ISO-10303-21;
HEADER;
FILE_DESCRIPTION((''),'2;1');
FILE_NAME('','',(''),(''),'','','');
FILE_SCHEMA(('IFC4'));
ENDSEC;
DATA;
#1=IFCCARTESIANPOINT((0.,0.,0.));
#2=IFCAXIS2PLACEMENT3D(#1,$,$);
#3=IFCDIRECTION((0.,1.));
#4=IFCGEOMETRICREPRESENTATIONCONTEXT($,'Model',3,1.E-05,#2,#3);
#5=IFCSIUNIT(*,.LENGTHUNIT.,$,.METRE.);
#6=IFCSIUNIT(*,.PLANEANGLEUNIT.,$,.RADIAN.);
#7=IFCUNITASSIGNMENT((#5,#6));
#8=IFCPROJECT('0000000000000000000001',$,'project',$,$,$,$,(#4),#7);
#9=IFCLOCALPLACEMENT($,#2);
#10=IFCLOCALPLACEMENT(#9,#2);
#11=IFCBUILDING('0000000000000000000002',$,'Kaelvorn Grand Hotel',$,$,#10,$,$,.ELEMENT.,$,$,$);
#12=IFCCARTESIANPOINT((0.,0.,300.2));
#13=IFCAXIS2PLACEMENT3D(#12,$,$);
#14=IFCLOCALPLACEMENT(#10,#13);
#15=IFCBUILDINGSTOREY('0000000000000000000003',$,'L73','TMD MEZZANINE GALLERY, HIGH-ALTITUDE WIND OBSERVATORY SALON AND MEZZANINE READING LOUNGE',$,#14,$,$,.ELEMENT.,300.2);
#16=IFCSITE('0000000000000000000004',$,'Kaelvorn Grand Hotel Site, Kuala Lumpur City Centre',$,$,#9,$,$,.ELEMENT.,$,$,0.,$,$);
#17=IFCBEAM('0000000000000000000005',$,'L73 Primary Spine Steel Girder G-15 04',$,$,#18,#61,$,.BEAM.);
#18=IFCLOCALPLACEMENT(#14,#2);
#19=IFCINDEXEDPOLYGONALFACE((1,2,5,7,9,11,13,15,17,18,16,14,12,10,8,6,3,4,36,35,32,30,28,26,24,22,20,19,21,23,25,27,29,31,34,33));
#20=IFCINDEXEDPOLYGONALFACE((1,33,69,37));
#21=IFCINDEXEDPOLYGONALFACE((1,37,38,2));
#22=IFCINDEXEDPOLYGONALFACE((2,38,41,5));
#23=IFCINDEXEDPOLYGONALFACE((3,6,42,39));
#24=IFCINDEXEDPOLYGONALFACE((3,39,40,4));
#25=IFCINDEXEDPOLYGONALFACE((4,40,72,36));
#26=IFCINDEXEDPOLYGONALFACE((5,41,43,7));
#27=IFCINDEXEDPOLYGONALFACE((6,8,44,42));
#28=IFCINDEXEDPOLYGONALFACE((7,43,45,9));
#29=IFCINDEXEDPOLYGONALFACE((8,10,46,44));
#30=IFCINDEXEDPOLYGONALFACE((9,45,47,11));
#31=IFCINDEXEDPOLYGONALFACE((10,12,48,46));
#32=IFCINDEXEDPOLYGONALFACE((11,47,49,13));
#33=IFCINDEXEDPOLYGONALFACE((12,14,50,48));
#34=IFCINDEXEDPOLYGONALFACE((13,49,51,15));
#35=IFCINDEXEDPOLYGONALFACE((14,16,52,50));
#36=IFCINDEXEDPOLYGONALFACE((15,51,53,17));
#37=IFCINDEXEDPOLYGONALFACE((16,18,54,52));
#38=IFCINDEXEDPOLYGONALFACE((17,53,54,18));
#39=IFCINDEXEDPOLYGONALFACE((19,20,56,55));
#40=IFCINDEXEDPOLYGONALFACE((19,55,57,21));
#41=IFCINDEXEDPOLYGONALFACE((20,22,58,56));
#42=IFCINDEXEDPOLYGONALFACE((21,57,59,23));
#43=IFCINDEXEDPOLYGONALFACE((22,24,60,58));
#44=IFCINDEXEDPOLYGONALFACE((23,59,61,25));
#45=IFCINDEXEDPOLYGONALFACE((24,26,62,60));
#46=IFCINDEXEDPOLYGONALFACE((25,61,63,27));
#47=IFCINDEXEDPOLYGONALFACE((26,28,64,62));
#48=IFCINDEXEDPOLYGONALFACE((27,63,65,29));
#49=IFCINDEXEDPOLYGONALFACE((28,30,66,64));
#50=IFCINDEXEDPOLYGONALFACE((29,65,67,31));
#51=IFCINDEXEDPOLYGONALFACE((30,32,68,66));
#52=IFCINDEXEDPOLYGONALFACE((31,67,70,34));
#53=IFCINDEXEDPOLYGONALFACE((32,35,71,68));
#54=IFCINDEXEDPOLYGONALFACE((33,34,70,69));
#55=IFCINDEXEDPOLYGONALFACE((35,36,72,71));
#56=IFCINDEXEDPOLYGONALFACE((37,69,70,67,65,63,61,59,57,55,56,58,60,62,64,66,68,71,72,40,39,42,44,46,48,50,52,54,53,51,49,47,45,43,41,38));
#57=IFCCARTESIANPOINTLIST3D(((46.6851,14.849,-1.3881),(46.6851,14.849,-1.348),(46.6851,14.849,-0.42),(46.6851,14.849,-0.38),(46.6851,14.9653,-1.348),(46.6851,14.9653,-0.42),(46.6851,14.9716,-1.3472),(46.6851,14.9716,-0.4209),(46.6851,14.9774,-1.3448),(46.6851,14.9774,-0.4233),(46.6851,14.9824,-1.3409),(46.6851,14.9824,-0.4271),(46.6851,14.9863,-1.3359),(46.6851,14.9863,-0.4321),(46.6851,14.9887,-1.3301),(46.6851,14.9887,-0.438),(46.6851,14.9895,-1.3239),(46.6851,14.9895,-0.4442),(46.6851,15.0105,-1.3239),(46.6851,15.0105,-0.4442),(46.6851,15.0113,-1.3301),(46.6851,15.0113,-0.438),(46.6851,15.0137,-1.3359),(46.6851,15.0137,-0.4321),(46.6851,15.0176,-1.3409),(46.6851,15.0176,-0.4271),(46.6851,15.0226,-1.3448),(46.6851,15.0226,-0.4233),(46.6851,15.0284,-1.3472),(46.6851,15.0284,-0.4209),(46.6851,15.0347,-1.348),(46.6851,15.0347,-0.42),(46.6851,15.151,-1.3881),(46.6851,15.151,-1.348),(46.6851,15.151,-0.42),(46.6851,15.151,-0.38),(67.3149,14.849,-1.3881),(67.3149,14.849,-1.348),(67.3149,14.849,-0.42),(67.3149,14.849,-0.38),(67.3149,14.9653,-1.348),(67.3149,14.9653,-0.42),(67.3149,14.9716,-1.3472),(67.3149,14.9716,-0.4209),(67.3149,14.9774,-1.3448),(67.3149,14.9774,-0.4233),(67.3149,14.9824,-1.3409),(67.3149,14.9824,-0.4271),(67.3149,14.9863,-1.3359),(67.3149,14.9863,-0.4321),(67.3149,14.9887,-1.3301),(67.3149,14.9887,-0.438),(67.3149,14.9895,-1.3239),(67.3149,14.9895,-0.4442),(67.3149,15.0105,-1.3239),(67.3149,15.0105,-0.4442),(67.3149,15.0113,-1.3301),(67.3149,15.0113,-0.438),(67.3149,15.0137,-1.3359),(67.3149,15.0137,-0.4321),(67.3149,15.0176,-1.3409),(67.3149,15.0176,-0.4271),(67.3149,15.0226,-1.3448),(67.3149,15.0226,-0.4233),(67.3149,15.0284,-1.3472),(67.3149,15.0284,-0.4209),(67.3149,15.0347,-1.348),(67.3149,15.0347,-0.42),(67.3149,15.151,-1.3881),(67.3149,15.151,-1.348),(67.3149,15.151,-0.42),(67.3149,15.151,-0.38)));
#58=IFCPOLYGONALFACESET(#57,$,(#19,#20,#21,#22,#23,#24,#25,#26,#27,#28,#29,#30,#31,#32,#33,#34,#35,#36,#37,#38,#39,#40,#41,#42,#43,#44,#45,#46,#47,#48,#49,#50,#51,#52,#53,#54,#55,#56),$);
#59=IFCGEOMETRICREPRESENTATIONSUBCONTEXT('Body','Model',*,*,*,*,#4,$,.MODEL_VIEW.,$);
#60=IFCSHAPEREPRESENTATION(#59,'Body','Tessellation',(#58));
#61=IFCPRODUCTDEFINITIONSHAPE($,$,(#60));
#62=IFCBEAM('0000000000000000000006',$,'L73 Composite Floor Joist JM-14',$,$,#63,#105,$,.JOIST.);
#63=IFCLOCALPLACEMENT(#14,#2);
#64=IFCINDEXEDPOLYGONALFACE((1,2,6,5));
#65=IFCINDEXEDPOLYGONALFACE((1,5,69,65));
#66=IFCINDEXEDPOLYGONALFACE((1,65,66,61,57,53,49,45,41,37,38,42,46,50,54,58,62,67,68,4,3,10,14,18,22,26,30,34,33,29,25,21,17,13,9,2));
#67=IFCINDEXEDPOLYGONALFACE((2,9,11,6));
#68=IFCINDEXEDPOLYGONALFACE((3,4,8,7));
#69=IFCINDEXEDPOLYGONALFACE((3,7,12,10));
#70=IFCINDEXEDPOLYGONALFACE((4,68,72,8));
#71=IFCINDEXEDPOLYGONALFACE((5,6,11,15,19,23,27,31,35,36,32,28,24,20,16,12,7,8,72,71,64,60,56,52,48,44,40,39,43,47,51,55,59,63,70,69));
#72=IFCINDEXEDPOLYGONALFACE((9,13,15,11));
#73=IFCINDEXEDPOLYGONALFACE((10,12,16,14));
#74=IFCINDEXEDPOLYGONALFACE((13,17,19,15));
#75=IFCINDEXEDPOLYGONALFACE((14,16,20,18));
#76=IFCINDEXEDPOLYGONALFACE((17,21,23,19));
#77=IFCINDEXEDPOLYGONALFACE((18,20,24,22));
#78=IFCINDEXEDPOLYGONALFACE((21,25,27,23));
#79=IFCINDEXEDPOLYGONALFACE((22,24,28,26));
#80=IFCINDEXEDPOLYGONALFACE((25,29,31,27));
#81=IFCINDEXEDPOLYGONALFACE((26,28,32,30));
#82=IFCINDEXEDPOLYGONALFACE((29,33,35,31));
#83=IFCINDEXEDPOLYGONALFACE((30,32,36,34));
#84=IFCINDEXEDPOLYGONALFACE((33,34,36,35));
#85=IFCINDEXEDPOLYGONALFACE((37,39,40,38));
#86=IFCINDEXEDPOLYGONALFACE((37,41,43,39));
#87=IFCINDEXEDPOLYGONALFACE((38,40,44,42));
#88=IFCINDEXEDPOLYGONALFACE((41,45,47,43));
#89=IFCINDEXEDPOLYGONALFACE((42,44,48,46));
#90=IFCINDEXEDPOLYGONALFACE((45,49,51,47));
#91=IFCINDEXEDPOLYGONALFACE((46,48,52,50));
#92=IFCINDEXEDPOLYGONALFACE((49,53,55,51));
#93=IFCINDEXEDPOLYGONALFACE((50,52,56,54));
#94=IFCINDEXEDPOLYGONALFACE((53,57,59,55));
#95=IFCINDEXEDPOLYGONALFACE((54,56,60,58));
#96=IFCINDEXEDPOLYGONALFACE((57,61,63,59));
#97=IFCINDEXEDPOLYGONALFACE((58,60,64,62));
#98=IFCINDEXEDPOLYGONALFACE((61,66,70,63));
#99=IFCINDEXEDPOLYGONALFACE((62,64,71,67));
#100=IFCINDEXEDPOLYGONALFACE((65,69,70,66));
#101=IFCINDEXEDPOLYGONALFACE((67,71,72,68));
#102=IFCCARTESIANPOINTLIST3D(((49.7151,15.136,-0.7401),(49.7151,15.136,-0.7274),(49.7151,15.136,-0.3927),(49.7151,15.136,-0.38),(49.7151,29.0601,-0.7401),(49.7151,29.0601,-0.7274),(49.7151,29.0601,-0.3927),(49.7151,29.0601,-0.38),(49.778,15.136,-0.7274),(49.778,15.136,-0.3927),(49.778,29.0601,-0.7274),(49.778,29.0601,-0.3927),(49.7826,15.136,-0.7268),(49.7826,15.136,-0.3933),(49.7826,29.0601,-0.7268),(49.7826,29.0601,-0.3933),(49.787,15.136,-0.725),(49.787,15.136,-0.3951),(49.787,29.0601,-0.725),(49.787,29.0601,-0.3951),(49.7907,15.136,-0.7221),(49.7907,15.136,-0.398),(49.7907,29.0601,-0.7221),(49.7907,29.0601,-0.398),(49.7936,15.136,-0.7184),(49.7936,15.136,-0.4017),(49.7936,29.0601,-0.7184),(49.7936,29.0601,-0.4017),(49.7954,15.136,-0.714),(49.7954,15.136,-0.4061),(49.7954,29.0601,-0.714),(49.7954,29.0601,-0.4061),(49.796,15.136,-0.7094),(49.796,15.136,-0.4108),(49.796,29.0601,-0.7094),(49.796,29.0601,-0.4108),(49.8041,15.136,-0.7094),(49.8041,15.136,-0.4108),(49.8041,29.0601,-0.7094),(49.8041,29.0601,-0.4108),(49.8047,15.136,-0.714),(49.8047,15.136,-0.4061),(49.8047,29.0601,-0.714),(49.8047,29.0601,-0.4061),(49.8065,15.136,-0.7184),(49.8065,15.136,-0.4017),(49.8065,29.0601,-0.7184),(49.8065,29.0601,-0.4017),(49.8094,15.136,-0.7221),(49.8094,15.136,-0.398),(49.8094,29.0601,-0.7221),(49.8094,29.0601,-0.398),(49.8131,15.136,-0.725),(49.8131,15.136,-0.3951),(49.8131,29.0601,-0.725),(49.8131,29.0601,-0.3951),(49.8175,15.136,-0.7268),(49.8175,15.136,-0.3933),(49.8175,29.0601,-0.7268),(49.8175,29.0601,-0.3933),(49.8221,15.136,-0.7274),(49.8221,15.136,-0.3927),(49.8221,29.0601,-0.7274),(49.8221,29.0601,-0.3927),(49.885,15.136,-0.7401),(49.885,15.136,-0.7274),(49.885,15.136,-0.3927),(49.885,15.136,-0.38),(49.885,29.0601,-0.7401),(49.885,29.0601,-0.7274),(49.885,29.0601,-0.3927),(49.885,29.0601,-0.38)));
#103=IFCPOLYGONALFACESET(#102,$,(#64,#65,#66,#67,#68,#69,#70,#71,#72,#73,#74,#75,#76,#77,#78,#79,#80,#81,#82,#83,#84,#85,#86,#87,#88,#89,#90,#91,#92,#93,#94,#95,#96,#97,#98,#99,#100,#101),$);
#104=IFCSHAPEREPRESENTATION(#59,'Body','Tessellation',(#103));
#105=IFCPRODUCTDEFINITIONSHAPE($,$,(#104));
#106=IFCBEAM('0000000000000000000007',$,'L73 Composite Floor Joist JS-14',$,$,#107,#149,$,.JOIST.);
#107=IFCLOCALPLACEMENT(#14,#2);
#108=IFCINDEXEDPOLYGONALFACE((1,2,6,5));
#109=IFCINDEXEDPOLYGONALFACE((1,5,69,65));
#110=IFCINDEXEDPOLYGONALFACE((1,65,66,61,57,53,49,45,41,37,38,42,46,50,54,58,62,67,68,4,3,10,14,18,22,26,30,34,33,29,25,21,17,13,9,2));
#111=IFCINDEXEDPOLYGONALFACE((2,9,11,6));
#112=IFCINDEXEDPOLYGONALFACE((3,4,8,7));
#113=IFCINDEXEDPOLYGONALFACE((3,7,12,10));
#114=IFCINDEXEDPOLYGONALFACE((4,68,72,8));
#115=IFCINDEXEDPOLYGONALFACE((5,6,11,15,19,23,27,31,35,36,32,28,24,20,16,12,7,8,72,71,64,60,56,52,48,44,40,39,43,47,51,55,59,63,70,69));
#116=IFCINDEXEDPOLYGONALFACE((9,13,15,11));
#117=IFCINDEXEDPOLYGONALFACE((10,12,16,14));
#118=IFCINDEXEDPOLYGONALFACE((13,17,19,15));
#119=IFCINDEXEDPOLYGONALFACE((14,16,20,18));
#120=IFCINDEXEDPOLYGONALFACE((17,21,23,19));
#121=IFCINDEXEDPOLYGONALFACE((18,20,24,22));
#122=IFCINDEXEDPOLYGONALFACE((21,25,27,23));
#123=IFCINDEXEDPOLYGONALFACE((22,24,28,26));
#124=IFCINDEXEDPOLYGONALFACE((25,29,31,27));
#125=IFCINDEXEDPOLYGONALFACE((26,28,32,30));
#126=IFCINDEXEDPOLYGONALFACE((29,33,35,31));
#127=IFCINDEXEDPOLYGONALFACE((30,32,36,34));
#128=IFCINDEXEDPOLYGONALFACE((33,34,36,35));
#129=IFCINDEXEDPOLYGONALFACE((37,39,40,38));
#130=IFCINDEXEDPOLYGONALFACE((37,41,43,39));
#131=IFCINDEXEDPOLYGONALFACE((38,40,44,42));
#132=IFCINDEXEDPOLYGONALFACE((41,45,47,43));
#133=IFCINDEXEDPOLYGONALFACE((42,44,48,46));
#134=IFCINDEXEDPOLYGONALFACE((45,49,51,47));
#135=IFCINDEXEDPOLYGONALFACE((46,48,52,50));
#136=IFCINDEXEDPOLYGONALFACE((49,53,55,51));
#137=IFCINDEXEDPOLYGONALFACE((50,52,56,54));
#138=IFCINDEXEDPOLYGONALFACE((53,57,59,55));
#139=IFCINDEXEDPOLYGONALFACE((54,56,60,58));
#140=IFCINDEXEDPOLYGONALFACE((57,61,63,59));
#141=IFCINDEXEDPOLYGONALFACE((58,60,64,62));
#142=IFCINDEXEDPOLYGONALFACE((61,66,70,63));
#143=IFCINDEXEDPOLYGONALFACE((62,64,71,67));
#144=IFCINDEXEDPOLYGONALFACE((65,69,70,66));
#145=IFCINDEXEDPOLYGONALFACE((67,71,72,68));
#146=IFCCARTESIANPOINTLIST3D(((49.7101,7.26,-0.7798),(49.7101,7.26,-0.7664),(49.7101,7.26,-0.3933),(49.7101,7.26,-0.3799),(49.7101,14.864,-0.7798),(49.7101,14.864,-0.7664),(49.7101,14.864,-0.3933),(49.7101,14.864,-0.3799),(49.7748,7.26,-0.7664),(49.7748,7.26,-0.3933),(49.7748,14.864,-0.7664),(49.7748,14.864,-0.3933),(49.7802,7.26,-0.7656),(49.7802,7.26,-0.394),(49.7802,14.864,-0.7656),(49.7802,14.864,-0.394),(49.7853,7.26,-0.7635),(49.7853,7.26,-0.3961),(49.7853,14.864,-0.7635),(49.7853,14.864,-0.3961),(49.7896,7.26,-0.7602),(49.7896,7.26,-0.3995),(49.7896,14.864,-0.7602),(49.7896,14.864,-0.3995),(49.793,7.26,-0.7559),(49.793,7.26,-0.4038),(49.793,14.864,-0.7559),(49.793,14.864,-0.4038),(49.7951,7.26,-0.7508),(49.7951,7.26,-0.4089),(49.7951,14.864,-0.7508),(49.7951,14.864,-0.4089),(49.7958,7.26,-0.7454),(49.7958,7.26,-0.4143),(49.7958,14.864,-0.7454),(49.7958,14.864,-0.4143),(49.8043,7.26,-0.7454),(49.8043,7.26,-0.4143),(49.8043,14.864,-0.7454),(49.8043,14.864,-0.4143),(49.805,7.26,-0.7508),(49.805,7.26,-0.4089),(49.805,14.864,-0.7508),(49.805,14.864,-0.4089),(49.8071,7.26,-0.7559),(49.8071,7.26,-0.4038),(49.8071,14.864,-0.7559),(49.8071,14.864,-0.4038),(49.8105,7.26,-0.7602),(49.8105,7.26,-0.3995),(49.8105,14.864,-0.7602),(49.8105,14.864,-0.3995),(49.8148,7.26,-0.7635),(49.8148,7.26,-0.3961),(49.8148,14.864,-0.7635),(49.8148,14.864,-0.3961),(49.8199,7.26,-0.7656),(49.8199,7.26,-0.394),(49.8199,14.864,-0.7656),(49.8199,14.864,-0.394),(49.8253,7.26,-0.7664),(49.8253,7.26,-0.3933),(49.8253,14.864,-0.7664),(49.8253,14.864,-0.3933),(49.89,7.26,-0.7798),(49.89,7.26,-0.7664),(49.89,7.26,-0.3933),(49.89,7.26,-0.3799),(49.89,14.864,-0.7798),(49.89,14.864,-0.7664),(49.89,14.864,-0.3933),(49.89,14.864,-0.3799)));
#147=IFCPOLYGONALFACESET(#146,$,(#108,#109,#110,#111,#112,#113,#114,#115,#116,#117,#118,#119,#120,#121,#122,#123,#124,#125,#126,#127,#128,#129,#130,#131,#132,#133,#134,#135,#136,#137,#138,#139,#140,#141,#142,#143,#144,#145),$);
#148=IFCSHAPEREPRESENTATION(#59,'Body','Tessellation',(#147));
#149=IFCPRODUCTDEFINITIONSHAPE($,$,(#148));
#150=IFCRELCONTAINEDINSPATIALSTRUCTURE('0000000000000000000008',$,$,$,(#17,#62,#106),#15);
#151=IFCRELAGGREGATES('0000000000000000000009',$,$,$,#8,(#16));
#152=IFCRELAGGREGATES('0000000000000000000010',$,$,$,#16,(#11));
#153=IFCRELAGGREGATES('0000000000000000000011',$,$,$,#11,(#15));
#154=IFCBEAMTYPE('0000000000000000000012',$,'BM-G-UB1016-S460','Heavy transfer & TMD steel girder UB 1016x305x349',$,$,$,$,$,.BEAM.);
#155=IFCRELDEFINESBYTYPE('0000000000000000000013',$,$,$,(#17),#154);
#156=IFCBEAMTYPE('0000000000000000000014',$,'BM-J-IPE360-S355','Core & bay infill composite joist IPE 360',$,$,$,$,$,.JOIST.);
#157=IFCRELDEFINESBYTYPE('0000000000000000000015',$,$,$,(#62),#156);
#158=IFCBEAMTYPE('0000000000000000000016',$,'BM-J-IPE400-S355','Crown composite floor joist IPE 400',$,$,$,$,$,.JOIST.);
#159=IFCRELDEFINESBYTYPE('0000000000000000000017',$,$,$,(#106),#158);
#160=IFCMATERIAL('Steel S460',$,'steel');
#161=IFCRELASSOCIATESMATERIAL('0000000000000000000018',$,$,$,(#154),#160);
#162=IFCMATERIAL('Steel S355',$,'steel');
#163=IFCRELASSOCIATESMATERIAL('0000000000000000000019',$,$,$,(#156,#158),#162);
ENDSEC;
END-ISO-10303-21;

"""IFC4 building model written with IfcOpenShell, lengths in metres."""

from ifc_helpers import new_model, si_unit, direction, frame, origin, origin_2d, place, context, subcontext, project, spatial, i_section, extrude, material, material_profile, profile_set, type_object, element, save


model = new_model("IFC4")

# Units and contexts
model_context = context("Model", 3, precision=1e-05, world=origin(), true_north=direction((0.0, 1.0)))
body_context = subcontext(model_context, "Body", "Model", "MODEL_VIEW")
ifc_project = project(units=[si_unit("LENGTHUNIT", "METRE"), si_unit("PLANEANGLEUNIT", "RADIAN")], contexts=[model_context])

# Site, building, storey
site_placement = place(None, origin())
site = spatial("IfcSite", under=ifc_project, at=site_placement, Name="Kaelvorn Grand Hotel Site, Kuala Lumpur City Centre", CompositionType="ELEMENT", RefElevation=0.0)
building_placement = place(site_placement, origin())
building = spatial("IfcBuilding", under=site, at=building_placement, Name="Kaelvorn Grand Hotel", CompositionType="ELEMENT")
storey_placement = place(building_placement, frame((0.0, 0.0, 300.2)))
storey = spatial("IfcBuildingStorey", under=building, at=storey_placement, Name="L73", Description="TMD MEZZANINE GALLERY, HIGH-ALTITUDE WIND OBSERVATORY SALON AND MEZZANINE READING LOUNGE", CompositionType="ELEMENT", Elevation=300.2)

# Beams
ifc_material_1 = material(Name="Steel S460", Category="steel")
ifc_material_profile_1 = material_profile(ifc_material_1, i_section(OverallWidth=0.302, OverallDepth=1.0081, WebThickness=0.021, FlangeThickness=0.04, FilletRadius=0.0242, at=origin_2d()), Name="UB 1016x305x349")
ifc_profile_set_1 = profile_set([ifc_material_profile_1], Name="Steel S460")
beam_type_1 = type_object("IfcBeamType", Name="BM-G-UB1016-S460", Description="Heavy transfer & TMD steel girder UB 1016x305x349", PredefinedType="BEAM", material=ifc_profile_set_1)
beam_1_placement = place(storey_placement, frame((46.6851, 15.0, -0.884), z_axis=(1.0, 0.0, 0.0), x_axis=(0.0, 1.0, 0.0)))
element("IfcBeam", 1, at=beam_1_placement, inside=storey, type_object=beam_type_1, Name="L73 Primary Spine Steel Girder G-15 04", PredefinedType="BEAM", context=body_context, shape_type="SweptSolid", body=[
    extrude(i_section(OverallWidth=0.302, OverallDepth=1.0081, WebThickness=0.021, FlangeThickness=0.04, FilletRadius=0.0242, at=origin_2d()), origin(), (0.0, 0.0, 1.0), 20.6299),
])
ifc_material_2 = material(Name="Steel S355", Category="steel")
ifc_material_profile_2 = material_profile(ifc_material_2, i_section(OverallWidth=0.1699, OverallDepth=0.3601, WebThickness=0.0081, FlangeThickness=0.0127, FilletRadius=0.0181, at=origin_2d()), Name="IPE 360")
ifc_profile_set_2 = profile_set([ifc_material_profile_2], Name="Steel S355")
beam_type_2 = type_object("IfcBeamType", Name="BM-J-IPE360-S355", Description="Core & bay infill composite joist IPE 360", PredefinedType="JOIST", material=ifc_profile_set_2)
beam_2_placement = place(storey_placement, frame((49.8, 15.136, -0.5601), z_axis=(0.0, 1.0, 0.0), x_axis=(-1.0, 0.0, 0.0)))
element("IfcBeam", 2, at=beam_2_placement, inside=storey, type_object=beam_type_2, Name="L73 Composite Floor Joist JM-14", PredefinedType="JOIST", context=body_context, shape_type="SweptSolid", body=[
    extrude(i_section(OverallWidth=0.1699, OverallDepth=0.3601, WebThickness=0.0081, FlangeThickness=0.0127, FilletRadius=0.0181, at=origin_2d()), origin(), (0.0, 0.0, 1.0), 13.9241),
])
ifc_material_profile_3 = material_profile(ifc_material_2, i_section(OverallWidth=0.1799, OverallDepth=0.3999, WebThickness=0.0085, FlangeThickness=0.0134, FilletRadius=0.021, at=origin_2d()), Name="IPE 400")
ifc_profile_set_3 = profile_set([ifc_material_profile_3], Name="Steel S355")
beam_type_3 = type_object("IfcBeamType", Name="BM-J-IPE400-S355", Description="Crown composite floor joist IPE 400", PredefinedType="JOIST", material=ifc_profile_set_3)
beam_3_placement = place(storey_placement, frame((49.8, 7.26, -0.5798), z_axis=(0.0, 1.0, 0.0), x_axis=(-1.0, 0.0, 0.0)))
element("IfcBeam", 3, at=beam_3_placement, inside=storey, type_object=beam_type_3, Name="L73 Composite Floor Joist JS-14", PredefinedType="JOIST", context=body_context, shape_type="SweptSolid", body=[
    extrude(i_section(OverallWidth=0.1799, OverallDepth=0.3999, WebThickness=0.0085, FlangeThickness=0.0134, FilletRadius=0.021, at=origin_2d()), origin(), (0.0, 0.0, 1.0), 7.604),
])

save(model, "model.ifc")
